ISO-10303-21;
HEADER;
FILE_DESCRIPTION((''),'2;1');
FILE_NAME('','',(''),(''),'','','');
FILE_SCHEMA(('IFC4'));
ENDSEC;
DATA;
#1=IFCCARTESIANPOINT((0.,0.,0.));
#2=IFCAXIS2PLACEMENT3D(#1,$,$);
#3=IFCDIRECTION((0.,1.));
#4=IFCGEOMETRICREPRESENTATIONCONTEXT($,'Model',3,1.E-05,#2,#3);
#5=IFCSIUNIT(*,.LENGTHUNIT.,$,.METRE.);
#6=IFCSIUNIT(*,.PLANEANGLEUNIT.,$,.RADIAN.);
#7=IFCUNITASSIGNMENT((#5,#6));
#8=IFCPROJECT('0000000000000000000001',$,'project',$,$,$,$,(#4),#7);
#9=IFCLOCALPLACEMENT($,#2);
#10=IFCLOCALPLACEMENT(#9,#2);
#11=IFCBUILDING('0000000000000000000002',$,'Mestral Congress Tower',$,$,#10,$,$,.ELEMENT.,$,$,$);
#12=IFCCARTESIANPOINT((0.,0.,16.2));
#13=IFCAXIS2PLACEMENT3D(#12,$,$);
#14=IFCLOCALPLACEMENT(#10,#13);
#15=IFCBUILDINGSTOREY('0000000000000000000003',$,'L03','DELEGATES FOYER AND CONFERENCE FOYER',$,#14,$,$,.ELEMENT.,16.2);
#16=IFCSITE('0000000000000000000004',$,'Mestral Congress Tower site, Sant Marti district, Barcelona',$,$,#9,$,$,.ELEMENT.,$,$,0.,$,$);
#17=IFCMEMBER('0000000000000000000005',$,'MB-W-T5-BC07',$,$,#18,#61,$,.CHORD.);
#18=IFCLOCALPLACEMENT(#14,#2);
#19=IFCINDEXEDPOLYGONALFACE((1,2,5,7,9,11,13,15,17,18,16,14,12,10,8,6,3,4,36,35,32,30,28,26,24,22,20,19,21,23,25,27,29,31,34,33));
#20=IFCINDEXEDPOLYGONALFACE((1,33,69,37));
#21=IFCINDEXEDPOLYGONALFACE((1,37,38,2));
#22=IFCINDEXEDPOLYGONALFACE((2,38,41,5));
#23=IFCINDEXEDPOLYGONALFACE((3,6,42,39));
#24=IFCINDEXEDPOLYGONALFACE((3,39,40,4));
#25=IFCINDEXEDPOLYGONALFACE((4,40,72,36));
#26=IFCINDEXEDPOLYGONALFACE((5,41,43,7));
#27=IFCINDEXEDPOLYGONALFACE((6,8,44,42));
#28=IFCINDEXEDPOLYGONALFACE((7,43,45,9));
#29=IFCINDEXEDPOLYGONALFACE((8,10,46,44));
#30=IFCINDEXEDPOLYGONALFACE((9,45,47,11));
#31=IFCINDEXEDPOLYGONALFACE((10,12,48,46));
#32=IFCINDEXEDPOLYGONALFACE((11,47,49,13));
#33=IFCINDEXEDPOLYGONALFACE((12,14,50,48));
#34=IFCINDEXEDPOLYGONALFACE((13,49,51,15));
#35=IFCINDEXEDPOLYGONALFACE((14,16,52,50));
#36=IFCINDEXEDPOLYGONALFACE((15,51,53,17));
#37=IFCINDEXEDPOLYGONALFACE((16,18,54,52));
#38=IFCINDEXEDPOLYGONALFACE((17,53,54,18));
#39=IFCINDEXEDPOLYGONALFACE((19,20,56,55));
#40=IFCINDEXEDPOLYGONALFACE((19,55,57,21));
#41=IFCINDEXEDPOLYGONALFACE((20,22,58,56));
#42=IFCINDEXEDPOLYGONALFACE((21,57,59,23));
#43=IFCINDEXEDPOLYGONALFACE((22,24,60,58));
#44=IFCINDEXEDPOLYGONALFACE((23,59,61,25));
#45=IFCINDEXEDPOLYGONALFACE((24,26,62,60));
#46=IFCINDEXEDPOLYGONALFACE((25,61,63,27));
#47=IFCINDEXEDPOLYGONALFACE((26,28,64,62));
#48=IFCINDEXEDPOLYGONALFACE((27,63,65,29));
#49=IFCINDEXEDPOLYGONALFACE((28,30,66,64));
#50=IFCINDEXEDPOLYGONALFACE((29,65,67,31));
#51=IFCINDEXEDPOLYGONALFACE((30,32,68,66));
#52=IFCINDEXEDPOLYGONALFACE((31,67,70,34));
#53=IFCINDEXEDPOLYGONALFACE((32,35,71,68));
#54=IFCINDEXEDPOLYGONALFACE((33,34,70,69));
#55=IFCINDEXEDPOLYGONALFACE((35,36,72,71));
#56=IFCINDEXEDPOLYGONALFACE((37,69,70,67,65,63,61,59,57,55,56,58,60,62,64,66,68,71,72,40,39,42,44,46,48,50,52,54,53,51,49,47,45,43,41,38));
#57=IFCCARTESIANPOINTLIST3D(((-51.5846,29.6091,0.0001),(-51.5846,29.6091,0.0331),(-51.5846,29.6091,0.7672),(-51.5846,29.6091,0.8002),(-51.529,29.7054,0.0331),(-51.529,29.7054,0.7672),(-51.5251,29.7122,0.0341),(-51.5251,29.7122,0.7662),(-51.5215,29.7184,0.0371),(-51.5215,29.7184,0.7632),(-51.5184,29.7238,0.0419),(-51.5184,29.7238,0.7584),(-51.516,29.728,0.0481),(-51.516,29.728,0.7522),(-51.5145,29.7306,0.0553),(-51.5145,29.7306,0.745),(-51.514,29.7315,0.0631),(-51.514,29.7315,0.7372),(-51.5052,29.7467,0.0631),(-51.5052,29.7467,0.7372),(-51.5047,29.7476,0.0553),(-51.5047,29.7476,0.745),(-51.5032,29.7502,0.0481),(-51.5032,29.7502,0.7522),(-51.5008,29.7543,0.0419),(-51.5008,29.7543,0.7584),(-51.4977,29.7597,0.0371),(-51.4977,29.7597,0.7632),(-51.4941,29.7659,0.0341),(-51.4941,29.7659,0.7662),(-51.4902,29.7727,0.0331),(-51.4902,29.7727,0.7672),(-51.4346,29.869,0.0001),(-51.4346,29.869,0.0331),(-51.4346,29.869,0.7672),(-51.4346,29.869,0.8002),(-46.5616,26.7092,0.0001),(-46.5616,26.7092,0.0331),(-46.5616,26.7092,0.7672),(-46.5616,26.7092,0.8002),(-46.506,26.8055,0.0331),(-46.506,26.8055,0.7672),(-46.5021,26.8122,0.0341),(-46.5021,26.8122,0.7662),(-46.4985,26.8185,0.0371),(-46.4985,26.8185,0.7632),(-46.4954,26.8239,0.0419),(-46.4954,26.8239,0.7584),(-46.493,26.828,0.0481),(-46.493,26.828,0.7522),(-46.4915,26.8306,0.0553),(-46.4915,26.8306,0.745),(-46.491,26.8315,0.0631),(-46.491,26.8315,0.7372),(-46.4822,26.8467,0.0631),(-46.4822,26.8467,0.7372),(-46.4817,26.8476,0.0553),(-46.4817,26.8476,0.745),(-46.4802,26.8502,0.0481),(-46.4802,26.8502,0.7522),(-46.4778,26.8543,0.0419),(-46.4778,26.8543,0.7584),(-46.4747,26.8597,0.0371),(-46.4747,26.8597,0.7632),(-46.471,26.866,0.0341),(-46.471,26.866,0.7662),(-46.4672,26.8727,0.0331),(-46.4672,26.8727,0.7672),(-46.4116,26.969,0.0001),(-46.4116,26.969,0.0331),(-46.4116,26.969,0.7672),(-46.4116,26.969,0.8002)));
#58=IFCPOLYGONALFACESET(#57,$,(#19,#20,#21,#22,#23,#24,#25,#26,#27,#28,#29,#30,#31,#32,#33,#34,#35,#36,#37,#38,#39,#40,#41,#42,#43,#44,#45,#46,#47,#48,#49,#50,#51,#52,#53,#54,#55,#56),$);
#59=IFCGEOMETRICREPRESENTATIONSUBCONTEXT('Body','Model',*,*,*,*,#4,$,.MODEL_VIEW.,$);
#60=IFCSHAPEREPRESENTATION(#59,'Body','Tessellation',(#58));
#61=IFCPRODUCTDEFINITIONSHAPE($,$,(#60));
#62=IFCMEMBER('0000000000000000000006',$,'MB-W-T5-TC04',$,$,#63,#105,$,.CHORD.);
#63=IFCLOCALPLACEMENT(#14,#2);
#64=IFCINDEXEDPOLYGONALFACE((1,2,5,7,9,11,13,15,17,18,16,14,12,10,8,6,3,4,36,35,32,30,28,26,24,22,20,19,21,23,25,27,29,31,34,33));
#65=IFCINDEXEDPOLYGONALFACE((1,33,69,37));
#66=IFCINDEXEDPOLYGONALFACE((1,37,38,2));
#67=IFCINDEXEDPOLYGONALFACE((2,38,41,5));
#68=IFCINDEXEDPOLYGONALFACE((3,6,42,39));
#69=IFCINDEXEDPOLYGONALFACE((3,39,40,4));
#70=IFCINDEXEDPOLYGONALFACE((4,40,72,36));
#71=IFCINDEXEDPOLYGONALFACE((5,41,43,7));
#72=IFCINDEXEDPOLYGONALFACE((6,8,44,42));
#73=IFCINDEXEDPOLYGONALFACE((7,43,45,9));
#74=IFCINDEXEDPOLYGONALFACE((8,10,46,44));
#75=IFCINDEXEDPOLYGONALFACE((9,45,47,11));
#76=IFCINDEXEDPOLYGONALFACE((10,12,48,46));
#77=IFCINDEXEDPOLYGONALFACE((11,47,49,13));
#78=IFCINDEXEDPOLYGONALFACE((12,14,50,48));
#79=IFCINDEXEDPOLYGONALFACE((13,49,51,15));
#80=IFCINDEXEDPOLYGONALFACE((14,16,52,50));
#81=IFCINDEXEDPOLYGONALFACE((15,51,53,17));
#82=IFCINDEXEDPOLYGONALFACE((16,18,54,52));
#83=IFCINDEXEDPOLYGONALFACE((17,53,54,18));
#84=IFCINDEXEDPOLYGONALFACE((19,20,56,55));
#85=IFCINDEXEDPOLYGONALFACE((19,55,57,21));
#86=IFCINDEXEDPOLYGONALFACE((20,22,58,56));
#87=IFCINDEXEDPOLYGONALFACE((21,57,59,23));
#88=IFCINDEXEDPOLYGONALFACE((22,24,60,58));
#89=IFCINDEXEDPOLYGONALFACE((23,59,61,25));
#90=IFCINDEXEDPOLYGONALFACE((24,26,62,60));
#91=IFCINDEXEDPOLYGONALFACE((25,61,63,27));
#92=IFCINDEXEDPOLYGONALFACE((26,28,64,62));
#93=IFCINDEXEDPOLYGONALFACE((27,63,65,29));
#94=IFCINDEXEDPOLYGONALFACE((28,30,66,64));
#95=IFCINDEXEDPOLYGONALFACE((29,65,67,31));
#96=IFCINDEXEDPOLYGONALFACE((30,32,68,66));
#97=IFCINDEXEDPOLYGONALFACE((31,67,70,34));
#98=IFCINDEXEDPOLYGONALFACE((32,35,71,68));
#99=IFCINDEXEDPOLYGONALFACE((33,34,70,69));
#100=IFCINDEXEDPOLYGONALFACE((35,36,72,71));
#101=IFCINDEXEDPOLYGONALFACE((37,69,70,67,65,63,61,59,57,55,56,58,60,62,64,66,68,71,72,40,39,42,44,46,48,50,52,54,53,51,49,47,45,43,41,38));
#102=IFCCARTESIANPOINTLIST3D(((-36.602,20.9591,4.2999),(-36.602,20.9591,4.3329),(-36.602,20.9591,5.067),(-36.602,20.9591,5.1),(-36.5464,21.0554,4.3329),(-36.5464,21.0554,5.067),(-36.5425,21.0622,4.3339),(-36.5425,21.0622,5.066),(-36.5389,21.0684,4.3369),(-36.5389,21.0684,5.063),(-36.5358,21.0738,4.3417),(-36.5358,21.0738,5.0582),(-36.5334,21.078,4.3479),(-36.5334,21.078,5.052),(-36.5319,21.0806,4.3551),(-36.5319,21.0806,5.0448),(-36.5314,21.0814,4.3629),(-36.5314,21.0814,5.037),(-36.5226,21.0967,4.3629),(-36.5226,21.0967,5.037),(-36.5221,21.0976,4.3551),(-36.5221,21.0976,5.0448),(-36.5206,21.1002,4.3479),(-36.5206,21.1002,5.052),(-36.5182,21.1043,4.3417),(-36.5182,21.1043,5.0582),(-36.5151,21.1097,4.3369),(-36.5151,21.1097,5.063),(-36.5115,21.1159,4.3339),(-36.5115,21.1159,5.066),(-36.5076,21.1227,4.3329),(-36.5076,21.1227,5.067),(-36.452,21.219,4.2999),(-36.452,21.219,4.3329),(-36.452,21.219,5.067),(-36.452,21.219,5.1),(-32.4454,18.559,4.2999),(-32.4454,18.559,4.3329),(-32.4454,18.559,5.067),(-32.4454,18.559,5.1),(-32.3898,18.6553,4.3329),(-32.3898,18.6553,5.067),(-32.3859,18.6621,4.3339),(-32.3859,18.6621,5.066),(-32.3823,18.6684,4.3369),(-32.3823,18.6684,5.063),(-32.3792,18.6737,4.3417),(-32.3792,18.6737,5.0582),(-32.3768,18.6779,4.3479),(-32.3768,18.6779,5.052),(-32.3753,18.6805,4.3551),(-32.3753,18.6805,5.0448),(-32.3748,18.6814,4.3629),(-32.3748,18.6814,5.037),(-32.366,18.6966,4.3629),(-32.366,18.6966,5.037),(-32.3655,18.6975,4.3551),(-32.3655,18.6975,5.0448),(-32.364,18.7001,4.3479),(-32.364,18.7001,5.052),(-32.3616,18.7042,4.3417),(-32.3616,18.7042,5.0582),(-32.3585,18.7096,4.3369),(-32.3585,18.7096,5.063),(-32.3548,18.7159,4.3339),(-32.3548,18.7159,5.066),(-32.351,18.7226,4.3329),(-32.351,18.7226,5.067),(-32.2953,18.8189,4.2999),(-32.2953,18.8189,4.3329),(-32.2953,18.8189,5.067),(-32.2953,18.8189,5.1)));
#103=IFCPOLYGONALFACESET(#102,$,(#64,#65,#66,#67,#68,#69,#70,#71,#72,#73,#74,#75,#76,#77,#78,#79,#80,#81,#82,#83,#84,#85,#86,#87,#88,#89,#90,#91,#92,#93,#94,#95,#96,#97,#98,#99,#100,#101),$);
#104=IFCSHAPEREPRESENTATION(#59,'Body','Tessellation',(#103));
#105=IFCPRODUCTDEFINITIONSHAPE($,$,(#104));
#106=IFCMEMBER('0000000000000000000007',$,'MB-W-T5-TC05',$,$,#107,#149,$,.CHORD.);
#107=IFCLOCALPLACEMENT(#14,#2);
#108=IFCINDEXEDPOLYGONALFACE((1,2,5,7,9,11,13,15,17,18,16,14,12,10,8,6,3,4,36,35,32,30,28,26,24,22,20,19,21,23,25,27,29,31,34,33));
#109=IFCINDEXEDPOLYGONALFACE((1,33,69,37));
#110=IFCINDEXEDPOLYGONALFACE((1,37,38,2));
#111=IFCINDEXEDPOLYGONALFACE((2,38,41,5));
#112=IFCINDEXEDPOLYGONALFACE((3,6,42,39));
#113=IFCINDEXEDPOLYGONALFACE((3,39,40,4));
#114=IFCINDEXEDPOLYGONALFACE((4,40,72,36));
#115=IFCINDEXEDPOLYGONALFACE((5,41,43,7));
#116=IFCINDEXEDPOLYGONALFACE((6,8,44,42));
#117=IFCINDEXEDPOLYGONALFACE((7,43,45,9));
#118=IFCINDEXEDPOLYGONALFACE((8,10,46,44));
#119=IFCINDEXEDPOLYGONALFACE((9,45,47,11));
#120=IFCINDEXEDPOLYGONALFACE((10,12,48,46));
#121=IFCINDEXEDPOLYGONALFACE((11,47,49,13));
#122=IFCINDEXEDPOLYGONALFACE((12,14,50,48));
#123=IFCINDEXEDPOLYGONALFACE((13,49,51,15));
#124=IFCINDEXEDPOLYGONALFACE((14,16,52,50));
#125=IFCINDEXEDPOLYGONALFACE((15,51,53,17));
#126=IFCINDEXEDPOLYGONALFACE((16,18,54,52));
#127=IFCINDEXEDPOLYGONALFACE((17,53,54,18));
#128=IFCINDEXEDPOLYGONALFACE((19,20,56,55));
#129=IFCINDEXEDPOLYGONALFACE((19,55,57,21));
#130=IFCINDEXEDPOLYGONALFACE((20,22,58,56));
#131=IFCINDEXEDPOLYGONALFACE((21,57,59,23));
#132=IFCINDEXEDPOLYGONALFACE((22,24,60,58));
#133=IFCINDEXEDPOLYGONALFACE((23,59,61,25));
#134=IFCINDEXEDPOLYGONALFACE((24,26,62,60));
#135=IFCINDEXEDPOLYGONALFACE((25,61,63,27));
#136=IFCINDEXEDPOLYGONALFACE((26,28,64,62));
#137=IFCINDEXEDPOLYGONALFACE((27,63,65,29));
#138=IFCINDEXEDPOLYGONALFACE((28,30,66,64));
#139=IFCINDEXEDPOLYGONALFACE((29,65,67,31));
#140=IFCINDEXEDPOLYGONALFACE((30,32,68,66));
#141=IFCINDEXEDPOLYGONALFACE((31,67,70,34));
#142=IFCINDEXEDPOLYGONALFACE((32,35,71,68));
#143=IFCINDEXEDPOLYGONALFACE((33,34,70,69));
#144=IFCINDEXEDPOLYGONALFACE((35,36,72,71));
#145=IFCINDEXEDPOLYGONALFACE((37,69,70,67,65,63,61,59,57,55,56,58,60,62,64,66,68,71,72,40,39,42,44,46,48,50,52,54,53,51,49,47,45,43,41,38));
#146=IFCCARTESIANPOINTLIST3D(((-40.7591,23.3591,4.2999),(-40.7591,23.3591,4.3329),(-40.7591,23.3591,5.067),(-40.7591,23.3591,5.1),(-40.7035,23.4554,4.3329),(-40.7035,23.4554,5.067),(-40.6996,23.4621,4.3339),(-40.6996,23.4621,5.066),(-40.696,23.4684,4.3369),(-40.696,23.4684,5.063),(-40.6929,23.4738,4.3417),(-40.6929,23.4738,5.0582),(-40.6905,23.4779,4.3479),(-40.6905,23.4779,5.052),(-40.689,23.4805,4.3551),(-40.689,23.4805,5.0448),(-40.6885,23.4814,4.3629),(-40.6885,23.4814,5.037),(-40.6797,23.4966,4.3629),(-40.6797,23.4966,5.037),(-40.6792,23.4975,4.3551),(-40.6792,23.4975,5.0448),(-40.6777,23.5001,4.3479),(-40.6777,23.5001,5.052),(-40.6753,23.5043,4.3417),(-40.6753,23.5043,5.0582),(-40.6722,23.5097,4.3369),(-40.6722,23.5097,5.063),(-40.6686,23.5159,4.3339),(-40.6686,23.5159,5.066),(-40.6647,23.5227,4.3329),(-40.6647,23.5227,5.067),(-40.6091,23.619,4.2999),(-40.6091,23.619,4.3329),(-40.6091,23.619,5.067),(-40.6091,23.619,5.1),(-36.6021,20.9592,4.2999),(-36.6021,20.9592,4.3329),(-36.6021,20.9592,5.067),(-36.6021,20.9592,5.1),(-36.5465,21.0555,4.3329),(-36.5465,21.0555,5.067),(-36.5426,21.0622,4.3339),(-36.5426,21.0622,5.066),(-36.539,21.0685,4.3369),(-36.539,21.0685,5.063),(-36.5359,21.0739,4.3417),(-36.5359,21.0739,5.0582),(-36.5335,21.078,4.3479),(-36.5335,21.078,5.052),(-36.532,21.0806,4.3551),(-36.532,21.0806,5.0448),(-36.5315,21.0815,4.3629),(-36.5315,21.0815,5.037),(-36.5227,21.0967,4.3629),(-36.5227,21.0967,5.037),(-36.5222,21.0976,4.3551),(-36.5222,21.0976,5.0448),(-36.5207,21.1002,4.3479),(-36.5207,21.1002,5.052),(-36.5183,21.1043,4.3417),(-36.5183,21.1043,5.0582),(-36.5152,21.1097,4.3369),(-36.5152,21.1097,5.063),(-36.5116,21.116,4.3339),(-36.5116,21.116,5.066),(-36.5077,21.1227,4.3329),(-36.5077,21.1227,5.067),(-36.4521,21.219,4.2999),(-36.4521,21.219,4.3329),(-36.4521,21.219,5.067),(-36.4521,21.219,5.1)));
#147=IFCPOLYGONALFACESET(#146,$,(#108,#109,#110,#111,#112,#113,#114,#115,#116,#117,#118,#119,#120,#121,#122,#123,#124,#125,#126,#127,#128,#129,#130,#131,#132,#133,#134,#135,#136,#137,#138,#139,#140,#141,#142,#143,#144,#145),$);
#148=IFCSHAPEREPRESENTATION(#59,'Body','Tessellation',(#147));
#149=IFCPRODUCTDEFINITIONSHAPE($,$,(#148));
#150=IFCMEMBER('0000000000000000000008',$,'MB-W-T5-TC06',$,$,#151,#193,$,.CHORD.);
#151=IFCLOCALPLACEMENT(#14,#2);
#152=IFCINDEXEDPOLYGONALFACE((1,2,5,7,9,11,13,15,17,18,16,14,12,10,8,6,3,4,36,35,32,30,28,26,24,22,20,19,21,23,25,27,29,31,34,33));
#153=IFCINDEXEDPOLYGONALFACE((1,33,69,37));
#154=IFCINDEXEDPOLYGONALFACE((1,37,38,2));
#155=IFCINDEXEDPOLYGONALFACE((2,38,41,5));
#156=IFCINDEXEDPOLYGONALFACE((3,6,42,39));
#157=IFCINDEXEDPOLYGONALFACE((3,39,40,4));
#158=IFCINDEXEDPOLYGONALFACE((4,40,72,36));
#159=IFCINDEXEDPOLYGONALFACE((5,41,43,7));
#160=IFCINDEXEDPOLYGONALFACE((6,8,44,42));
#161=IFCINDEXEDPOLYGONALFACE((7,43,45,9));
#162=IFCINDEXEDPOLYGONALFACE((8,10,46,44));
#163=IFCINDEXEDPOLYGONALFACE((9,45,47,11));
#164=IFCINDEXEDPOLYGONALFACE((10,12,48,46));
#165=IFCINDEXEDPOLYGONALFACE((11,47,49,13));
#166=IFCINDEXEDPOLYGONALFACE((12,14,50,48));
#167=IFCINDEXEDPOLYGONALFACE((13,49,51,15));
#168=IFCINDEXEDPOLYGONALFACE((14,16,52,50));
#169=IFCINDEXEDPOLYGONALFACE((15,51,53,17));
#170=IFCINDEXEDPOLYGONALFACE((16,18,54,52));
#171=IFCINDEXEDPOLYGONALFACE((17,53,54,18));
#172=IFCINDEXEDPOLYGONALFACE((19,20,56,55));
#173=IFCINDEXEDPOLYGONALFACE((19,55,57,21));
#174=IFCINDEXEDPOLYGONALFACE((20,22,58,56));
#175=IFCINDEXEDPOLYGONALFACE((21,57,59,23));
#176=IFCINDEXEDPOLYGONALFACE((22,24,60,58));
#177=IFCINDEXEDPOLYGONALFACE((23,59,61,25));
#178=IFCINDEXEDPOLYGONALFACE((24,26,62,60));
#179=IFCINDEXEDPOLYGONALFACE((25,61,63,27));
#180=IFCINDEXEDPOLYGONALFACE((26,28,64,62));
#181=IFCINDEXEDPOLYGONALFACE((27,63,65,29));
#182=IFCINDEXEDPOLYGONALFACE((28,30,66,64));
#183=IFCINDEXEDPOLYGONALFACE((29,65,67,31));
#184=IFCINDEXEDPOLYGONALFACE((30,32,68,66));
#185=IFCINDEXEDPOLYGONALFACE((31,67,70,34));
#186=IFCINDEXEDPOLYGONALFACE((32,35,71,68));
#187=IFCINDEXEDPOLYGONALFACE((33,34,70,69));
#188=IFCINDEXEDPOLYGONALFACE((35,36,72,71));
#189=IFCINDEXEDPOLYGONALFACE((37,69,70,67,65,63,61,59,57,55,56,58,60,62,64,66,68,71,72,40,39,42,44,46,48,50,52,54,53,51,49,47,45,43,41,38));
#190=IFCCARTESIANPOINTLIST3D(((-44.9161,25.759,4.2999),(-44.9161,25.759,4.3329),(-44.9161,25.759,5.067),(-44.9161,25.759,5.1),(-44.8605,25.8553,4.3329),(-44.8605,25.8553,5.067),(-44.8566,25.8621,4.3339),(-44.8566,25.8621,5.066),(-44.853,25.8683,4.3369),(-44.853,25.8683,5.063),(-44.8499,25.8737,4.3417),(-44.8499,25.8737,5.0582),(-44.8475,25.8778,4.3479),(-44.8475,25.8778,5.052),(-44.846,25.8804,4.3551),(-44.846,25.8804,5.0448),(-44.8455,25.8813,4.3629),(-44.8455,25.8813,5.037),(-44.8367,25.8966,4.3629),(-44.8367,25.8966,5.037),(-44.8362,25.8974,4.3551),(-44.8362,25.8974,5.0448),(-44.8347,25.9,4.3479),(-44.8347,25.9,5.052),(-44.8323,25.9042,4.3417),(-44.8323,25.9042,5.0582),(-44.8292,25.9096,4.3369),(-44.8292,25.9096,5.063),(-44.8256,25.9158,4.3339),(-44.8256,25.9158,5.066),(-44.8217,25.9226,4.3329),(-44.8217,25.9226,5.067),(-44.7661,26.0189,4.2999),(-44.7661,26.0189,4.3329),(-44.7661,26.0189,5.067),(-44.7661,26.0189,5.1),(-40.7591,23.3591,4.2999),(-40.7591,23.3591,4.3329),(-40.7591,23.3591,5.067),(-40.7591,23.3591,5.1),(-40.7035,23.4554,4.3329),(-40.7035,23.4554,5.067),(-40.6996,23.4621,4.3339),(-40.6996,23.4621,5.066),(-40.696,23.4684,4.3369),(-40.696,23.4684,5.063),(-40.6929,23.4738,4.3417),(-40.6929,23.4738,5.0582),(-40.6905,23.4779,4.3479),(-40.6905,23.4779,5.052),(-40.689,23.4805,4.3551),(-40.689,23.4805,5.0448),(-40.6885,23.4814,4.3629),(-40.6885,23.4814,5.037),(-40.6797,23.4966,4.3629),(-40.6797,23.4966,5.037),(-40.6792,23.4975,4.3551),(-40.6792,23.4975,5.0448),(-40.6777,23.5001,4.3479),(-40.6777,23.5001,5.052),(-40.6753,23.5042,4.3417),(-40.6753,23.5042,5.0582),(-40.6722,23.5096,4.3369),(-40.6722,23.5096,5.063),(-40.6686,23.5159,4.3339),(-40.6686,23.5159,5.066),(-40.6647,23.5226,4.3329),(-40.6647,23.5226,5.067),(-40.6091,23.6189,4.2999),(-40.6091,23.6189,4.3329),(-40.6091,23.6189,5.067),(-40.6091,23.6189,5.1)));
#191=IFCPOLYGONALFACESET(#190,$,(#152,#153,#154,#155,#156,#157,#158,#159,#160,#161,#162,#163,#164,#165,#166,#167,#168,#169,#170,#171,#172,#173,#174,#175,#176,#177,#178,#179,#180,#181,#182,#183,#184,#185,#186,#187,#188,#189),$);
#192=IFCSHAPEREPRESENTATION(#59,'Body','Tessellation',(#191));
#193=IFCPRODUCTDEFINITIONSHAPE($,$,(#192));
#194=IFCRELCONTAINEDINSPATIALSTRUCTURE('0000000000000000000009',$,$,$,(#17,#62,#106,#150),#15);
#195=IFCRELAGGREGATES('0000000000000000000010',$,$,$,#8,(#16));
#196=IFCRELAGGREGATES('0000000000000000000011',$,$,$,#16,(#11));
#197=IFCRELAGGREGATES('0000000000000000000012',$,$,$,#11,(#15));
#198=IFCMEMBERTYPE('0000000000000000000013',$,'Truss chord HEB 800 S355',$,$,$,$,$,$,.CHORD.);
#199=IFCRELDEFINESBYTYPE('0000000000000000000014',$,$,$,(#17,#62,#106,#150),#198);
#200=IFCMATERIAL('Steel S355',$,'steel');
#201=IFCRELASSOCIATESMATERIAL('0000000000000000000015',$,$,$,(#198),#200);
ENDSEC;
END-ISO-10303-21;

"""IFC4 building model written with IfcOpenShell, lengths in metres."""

from ifc_helpers import new_model, si_unit, direction, frame, origin, origin_2d, place, context, subcontext, project, spatial, i_section, extrude, material, material_profile, profile_set, type_object, element, save


model = new_model("IFC4")

# Units and contexts
model_context = context("Model", 3, precision=1e-05, world=origin(), true_north=direction((0.0, 1.0)))
body_context = subcontext(model_context, "Body", "Model", "MODEL_VIEW")
ifc_project = project(units=[si_unit("LENGTHUNIT", "METRE"), si_unit("PLANEANGLEUNIT", "RADIAN")], contexts=[model_context])

# Site, building, storey
site_placement = place(None, origin())
site = spatial("IfcSite", under=ifc_project, at=site_placement, Name="Mestral Congress Tower site, Sant Marti district, Barcelona", CompositionType="ELEMENT", RefElevation=0.0)
building_placement = place(site_placement, origin())
building = spatial("IfcBuilding", under=site, at=building_placement, Name="Mestral Congress Tower", CompositionType="ELEMENT")
storey_placement = place(building_placement, frame((0.0, 0.0, 16.2)))
storey = spatial("IfcBuildingStorey", under=building, at=storey_placement, Name="L03", Description="DELEGATES FOYER AND CONFERENCE FOYER", CompositionType="ELEMENT", Elevation=16.2)

# Members
ifc_material = material(Name="Steel S355", Category="steel")
ifc_material_profile_1 = material_profile(ifc_material, i_section(OverallWidth=0.3, OverallDepth=0.8, WebThickness=0.0176, FlangeThickness=0.033, FilletRadius=0.03, at=origin_2d()), Name="HEB 800")
ifc_profile_set_1 = profile_set([ifc_material_profile_1], Name="Steel S355")
member_type_1 = type_object("IfcMemberType", Name="Truss chord HEB 800 S355", PredefinedType="CHORD", material=ifc_profile_set_1)
member_1_placement = place(storey_placement, frame((-46.4866, 26.8391, 0.4001), z_axis=(-0.866033, 0.499987, 0.0), x_axis=(-0.499987, -0.866033, 0.0)))
element("IfcMember", 1, at=member_1_placement, inside=storey, type_object=member_type_1, Name="MB-W-T5-BC07", PredefinedType="CHORD", context=body_context, shape_type="SweptSolid", body=[
    extrude(i_section(OverallWidth=0.3, OverallDepth=0.8, WebThickness=0.0176, FlangeThickness=0.033, FilletRadius=0.03, at=origin_2d()), origin(), (0.0, 0.0, 1.0), 5.8),
])
member_2_placement = place(storey_placement, frame((-32.3704, 18.689, 4.7), z_axis=(-0.866003, 0.500039, 0.0), x_axis=(-0.500039, -0.866003, 0.0)))
element("IfcMember", 2, at=member_2_placement, inside=storey, type_object=member_type_1, Name="MB-W-T5-TC04", PredefinedType="CHORD", context=body_context, shape_type="SweptSolid", body=[
    extrude(i_section(OverallWidth=0.3, OverallDepth=0.8, WebThickness=0.0176, FlangeThickness=0.033, FilletRadius=0.03, at=origin_2d()), origin(), (0.0, 0.0, 1.0), 4.7998),
])
for number, where, z_axis, x_axis, name in (
    (3, (-36.5271, 21.0891, 4.7), (-0.866037, 0.499979, 0.0), (-0.499979, -0.866037, 0.0), "MB-W-T5-TC05"),
    (4, (-40.6841, 23.489, 4.7), (-0.866037, 0.499979, 0.0), (-0.499979, -0.866037, 0.0), "MB-W-T5-TC06"),
):
    element("IfcMember", number, at=place(storey_placement, frame(where, z_axis=z_axis, x_axis=x_axis)), inside=storey, type_object=member_type_1, Name=name, PredefinedType="CHORD", context=body_context, shape_type="SweptSolid", body=[
        extrude(i_section(OverallWidth=0.3, OverallDepth=0.8, WebThickness=0.0176, FlangeThickness=0.033, FilletRadius=0.03, at=origin_2d()), origin(), (0.0, 0.0, 1.0), 4.8),
    ])

save(model, "model.ifc")
